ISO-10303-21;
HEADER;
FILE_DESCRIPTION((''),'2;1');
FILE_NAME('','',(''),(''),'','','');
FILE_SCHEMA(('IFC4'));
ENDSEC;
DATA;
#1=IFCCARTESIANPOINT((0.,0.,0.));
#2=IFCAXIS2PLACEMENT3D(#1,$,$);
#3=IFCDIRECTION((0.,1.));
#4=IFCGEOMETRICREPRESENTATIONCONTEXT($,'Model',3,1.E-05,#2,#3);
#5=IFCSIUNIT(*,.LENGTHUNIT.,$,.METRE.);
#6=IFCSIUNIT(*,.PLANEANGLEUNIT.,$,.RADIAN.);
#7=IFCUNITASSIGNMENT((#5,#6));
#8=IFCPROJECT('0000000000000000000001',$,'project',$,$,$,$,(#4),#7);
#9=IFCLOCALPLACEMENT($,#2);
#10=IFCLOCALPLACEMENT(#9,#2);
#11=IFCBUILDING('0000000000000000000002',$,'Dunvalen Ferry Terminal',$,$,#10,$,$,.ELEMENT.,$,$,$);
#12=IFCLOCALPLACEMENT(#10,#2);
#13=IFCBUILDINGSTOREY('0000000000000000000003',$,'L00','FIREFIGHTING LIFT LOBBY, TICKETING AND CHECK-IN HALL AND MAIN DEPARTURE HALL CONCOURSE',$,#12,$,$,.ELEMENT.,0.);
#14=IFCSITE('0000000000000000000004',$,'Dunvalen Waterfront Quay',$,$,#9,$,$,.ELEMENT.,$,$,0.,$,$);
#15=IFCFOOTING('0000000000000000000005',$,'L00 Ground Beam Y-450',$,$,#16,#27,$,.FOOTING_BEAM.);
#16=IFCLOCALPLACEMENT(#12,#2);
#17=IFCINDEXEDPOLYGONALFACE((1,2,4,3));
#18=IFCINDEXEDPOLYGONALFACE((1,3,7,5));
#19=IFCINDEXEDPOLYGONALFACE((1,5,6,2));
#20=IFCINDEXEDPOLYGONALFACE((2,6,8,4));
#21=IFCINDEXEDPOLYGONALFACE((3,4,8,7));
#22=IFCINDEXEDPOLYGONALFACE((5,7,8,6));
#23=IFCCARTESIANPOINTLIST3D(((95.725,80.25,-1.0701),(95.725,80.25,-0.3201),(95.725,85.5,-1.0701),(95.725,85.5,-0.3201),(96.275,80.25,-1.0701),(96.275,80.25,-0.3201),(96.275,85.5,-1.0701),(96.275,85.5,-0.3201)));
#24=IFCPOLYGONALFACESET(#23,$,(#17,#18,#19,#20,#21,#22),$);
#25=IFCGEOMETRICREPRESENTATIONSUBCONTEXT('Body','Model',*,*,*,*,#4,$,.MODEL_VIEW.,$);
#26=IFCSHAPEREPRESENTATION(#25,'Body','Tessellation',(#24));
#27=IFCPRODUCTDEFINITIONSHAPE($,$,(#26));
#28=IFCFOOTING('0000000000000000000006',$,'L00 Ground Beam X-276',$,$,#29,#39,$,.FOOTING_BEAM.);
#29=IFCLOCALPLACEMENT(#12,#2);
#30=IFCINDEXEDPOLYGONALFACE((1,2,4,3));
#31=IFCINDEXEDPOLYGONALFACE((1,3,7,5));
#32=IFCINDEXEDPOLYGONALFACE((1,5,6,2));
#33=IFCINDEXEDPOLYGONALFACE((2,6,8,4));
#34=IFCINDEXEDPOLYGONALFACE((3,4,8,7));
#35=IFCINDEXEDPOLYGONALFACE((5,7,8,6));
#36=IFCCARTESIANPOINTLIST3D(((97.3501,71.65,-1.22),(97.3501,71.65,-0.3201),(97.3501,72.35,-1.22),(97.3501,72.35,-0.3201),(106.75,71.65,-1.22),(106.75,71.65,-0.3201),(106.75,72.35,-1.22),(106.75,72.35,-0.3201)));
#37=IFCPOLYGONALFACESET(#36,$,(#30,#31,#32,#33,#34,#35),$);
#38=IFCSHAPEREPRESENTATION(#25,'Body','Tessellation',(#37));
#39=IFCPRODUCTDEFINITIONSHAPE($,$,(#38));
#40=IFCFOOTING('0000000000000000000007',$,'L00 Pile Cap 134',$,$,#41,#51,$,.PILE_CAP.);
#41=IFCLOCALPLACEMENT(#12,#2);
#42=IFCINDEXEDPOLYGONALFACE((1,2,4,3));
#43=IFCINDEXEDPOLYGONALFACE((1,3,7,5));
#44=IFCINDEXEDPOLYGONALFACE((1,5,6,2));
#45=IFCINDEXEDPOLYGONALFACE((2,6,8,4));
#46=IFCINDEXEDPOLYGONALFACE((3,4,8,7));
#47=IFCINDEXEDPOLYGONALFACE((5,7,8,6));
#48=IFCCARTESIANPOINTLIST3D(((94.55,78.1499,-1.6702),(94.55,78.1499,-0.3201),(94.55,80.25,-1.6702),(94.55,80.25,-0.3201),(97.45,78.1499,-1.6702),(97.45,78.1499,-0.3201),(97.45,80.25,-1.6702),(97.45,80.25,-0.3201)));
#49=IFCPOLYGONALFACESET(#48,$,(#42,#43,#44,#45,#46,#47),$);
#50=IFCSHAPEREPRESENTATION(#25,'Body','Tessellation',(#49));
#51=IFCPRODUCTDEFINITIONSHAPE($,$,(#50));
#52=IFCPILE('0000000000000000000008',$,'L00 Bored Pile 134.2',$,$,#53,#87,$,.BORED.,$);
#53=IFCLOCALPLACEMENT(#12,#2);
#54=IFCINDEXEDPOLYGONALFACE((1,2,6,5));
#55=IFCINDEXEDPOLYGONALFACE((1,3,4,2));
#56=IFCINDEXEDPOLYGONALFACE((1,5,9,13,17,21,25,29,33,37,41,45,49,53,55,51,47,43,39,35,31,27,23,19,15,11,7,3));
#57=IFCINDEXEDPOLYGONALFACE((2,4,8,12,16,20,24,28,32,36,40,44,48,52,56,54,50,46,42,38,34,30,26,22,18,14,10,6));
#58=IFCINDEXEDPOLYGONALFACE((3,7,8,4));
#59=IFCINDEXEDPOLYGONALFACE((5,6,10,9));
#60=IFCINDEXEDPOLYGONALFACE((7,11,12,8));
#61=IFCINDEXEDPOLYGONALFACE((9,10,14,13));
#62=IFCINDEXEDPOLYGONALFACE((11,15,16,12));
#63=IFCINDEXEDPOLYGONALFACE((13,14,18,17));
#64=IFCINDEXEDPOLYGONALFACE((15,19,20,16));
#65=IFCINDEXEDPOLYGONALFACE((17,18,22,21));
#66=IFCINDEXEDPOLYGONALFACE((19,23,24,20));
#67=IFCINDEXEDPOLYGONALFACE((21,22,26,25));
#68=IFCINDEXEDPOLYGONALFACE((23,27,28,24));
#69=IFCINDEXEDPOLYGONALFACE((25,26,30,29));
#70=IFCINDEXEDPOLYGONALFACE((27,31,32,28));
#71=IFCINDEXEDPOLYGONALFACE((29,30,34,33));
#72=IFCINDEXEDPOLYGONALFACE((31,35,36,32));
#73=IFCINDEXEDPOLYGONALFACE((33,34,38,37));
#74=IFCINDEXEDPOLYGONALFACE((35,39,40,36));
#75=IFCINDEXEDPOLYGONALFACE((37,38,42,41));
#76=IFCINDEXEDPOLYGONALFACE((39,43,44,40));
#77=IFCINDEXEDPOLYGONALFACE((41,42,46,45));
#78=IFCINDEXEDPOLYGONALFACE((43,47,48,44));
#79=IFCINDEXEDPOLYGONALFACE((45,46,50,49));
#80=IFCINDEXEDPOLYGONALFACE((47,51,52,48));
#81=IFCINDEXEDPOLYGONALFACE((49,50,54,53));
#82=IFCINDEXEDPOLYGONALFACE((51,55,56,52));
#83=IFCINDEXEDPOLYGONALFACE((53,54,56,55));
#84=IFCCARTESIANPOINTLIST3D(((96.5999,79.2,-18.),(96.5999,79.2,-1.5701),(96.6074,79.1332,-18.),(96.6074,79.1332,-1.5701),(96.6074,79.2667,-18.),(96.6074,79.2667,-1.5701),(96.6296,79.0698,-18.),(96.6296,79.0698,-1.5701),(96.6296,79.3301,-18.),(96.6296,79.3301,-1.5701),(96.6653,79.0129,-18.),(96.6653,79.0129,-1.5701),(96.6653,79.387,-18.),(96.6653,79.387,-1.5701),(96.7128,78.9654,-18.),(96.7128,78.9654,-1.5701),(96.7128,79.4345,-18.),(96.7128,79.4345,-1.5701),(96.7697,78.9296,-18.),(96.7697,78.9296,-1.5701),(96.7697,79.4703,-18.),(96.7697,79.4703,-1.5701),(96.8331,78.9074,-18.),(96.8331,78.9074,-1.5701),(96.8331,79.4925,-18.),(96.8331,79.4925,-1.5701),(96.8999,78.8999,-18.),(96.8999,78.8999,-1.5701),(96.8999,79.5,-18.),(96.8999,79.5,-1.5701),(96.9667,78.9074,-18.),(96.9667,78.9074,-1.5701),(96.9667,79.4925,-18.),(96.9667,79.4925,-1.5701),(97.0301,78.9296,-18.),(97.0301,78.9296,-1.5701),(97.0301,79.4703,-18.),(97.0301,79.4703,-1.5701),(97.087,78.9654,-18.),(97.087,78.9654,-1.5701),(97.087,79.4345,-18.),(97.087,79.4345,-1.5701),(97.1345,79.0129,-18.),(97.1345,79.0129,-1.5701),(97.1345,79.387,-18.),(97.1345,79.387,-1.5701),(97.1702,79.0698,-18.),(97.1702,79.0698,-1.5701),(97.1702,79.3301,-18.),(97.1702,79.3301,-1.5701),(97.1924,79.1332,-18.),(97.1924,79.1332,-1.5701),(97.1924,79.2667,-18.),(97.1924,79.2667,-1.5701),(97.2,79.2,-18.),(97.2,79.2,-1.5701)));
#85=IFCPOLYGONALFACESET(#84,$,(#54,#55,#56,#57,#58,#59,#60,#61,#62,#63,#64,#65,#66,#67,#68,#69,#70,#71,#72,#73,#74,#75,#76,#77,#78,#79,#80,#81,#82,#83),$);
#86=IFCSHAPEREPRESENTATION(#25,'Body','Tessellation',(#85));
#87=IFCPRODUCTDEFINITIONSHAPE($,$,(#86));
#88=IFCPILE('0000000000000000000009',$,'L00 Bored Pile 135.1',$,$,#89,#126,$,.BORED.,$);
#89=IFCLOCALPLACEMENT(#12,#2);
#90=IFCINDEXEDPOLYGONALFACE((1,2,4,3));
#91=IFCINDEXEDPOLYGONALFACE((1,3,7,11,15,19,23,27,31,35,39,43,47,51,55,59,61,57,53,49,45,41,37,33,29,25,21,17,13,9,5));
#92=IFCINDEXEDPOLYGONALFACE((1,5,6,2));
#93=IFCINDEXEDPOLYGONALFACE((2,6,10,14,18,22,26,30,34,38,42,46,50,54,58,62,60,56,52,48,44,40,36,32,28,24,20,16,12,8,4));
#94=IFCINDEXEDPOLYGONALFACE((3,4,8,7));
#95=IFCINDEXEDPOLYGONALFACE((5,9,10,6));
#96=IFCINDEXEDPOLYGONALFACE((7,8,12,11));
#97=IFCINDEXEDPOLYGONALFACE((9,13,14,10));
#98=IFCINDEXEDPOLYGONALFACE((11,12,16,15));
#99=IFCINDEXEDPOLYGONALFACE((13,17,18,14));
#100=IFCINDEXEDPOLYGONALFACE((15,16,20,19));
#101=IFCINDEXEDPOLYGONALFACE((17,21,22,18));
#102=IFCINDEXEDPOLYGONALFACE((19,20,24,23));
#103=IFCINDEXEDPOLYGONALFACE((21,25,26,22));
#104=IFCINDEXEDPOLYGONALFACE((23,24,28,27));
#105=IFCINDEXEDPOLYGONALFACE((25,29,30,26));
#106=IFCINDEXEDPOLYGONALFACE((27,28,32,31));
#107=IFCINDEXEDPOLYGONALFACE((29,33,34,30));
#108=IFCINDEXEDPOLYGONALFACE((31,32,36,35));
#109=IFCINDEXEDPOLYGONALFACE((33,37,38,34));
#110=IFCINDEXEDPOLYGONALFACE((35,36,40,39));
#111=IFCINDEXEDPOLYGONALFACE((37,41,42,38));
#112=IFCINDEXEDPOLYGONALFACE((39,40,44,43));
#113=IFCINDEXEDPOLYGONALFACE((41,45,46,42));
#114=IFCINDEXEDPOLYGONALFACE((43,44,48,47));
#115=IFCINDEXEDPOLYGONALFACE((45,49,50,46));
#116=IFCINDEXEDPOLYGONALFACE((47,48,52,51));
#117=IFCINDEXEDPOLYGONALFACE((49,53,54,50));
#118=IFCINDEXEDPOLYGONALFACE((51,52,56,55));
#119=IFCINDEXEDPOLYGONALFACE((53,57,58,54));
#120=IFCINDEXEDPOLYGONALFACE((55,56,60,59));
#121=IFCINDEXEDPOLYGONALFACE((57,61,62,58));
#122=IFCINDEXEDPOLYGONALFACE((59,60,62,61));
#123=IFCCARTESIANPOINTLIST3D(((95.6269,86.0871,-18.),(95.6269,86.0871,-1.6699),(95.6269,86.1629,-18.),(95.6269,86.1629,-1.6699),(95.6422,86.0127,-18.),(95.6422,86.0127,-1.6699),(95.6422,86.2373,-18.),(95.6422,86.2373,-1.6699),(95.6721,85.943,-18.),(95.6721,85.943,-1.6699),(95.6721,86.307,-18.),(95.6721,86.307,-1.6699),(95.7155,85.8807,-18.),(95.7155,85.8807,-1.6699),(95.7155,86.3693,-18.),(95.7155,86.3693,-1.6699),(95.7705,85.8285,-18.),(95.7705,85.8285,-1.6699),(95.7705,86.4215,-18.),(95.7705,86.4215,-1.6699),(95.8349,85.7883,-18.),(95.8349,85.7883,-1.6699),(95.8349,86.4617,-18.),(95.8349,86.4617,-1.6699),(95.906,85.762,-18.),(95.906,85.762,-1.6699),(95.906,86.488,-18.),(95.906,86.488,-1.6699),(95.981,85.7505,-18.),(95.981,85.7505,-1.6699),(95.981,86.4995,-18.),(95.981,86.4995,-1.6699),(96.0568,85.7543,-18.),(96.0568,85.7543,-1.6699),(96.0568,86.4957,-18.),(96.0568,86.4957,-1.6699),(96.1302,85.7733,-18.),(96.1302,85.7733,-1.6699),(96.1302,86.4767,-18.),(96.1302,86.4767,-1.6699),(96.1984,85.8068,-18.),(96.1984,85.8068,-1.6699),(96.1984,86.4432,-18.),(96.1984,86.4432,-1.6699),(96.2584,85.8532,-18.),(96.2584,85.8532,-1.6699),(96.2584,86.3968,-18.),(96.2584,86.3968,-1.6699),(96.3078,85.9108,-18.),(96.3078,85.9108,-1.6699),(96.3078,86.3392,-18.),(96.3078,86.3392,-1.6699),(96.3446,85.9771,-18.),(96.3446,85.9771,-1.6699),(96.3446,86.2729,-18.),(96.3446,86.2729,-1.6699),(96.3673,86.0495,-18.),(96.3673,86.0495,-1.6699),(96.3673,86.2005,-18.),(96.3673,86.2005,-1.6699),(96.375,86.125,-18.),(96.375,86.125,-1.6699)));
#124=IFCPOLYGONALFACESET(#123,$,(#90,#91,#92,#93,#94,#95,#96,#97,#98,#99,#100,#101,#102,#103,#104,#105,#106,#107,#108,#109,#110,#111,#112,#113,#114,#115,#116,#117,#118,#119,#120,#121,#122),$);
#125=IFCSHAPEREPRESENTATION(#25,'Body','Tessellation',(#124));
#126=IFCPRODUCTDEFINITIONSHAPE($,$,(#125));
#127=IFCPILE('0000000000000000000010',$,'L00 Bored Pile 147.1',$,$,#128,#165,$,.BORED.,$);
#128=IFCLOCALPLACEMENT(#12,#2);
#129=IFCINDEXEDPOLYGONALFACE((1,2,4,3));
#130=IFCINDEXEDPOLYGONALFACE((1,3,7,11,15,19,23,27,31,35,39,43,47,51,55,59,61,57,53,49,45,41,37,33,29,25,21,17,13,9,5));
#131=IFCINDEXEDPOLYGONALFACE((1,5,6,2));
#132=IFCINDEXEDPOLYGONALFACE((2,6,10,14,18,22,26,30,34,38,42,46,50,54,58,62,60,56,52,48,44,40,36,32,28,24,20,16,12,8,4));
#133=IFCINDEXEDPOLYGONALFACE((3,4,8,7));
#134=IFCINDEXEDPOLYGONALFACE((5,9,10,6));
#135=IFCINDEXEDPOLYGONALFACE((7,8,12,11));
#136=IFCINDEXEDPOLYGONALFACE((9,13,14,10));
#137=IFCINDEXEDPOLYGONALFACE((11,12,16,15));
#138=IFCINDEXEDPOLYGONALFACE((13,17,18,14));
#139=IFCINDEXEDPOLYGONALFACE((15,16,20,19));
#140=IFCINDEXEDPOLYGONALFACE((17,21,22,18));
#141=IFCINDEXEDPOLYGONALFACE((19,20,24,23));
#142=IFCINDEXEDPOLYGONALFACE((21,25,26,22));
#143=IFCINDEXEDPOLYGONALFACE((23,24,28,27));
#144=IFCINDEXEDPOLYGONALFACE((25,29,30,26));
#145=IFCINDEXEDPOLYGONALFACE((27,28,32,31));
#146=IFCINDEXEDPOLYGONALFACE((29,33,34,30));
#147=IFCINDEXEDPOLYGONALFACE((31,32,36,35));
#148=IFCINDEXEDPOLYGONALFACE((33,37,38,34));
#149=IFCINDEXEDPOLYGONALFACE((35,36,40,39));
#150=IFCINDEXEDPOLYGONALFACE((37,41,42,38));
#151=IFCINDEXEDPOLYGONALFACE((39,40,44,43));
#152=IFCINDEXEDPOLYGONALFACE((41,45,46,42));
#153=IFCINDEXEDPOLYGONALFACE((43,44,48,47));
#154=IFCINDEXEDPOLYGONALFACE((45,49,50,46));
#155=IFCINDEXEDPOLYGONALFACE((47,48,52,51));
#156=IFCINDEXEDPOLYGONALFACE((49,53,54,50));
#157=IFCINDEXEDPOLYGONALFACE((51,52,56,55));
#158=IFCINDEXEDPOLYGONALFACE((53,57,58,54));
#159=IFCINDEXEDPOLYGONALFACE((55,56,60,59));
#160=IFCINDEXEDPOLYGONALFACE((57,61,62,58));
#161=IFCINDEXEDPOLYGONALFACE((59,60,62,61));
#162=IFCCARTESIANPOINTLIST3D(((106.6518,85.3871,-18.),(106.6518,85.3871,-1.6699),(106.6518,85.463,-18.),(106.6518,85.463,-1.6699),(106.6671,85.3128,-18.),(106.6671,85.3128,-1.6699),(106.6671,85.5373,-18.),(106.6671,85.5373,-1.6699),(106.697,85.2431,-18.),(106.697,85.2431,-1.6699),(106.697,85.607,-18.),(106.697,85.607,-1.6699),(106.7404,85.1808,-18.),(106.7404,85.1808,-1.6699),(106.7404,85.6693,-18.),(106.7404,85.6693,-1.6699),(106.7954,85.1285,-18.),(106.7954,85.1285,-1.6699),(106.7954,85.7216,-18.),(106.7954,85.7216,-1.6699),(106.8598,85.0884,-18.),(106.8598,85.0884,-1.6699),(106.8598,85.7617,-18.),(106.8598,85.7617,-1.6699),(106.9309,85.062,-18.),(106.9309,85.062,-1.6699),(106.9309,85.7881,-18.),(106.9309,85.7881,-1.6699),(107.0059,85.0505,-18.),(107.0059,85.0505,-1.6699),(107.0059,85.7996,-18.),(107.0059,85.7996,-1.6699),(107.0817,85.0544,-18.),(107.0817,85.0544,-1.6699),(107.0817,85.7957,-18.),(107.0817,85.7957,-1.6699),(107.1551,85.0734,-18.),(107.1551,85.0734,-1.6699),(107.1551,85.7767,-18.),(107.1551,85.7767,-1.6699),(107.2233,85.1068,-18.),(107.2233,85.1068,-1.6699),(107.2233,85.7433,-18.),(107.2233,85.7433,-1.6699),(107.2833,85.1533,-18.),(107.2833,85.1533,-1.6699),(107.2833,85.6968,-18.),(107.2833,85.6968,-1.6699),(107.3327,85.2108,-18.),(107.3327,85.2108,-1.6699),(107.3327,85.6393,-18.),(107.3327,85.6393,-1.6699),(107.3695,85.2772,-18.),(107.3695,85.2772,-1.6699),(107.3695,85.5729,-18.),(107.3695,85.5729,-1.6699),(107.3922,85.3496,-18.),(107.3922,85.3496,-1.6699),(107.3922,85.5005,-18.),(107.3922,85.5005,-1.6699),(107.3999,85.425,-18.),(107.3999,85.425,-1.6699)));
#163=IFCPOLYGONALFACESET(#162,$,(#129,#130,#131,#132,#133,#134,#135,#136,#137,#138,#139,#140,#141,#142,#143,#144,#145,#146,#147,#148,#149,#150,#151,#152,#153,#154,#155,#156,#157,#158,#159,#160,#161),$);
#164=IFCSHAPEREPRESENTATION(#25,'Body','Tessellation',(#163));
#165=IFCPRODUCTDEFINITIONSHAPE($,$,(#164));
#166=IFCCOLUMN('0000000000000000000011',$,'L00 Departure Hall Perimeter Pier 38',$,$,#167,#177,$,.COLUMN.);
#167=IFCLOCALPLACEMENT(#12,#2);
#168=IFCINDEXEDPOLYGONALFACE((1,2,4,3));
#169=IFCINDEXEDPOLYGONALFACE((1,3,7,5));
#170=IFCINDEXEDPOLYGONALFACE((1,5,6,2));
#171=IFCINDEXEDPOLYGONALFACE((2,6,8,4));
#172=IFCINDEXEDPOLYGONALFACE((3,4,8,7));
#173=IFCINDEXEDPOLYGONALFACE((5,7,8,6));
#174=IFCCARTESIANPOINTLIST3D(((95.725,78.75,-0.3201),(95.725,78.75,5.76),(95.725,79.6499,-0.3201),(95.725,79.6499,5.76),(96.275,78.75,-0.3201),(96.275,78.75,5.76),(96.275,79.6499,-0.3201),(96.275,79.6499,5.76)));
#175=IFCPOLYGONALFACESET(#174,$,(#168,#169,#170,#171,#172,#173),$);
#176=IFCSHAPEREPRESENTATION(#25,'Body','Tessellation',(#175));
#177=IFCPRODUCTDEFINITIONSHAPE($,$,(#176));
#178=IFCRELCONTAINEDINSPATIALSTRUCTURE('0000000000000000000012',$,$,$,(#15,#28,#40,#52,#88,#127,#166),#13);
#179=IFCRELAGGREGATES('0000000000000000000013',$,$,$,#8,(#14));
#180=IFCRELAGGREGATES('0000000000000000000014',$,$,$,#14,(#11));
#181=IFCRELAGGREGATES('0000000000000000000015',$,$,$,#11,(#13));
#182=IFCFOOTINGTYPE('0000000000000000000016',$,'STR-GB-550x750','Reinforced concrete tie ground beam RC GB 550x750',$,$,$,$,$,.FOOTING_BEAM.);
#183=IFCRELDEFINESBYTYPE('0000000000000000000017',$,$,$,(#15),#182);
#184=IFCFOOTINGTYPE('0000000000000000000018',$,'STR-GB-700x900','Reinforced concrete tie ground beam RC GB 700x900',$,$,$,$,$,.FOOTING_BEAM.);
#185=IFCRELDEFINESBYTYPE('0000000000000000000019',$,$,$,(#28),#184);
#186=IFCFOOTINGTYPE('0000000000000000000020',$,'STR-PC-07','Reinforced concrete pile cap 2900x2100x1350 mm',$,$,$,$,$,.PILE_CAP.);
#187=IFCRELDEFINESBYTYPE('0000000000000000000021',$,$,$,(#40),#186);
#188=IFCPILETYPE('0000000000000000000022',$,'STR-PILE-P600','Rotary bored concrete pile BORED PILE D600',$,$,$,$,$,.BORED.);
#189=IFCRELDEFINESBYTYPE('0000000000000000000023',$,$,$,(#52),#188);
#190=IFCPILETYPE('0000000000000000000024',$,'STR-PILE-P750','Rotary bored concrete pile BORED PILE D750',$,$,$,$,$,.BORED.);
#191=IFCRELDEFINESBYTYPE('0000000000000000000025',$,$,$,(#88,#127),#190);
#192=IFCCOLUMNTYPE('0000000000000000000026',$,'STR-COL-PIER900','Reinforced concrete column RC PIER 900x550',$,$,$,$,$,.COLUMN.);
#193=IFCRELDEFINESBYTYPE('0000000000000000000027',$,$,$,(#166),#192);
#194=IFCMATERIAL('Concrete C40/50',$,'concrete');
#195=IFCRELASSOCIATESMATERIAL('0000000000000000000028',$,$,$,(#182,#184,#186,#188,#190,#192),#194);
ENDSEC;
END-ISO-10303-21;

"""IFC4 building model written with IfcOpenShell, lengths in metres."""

from ifc_helpers import new_model, si_unit, direction, frame, origin, origin_2d, place, context, subcontext, project, spatial, rectangle, circle, extrude, material, material_profile, profile_set, type_object, element, save


model = new_model("IFC4")

# Units and contexts
model_context = context("Model", 3, precision=1e-05, world=origin(), true_north=direction((0.0, 1.0)))
body_context = subcontext(model_context, "Body", "Model", "MODEL_VIEW")
ifc_project = project(units=[si_unit("LENGTHUNIT", "METRE"), si_unit("PLANEANGLEUNIT", "RADIAN")], contexts=[model_context])

# Site, building, storey
site_placement = place(None, origin())
site = spatial("IfcSite", under=ifc_project, at=site_placement, Name="Dunvalen Waterfront Quay", CompositionType="ELEMENT", RefElevation=0.0)
building_placement = place(site_placement, origin())
building = spatial("IfcBuilding", under=site, at=building_placement, Name="Dunvalen Ferry Terminal", CompositionType="ELEMENT")
storey_placement = place(building_placement, origin())
storey = spatial("IfcBuildingStorey", under=building, at=storey_placement, Name="L00", Description="FIREFIGHTING LIFT LOBBY, TICKETING AND CHECK-IN HALL AND MAIN DEPARTURE HALL CONCOURSE", CompositionType="ELEMENT", Elevation=0.0)

# Footings
ifc_material_1 = material(Name="Concrete C40/50", Category="concrete")
ifc_material_profile_1 = material_profile(ifc_material_1, rectangle(XDim=0.55, YDim=0.75, at=origin_2d()), Name="Concrete C40/50")
ifc_profile_set_1 = profile_set([ifc_material_profile_1], Name="Concrete C40/50")
footing_type_1 = type_object("IfcFootingType", Name="STR-GB-550x750", Description="Reinforced concrete tie ground beam RC GB 550x750", PredefinedType="FOOTING_BEAM", material=ifc_profile_set_1)
footing_1_placement = place(storey_placement, frame((96.0, 80.25, -0.6951), z_axis=(0.0, 1.0, 0.0), x_axis=(-1.0, 0.0, 0.0)))
element("IfcFooting", 1, at=footing_1_placement, inside=storey, type_object=footing_type_1, Name="L00 Ground Beam Y-450", PredefinedType="FOOTING_BEAM", context=body_context, shape_type="SweptSolid", body=[
    extrude(rectangle(XDim=0.55, YDim=0.75, at=origin_2d()), origin(), (0.0, 0.0, 1.0), 5.25),
])
ifc_material_profile_2 = material_profile(ifc_material_1, rectangle(XDim=0.7, YDim=0.8999, at=origin_2d()), Name="Concrete C40/50")
ifc_profile_set_2 = profile_set([ifc_material_profile_2], Name="Concrete C40/50")
footing_type_2 = type_object("IfcFootingType", Name="STR-GB-700x900", Description="Reinforced concrete tie ground beam RC GB 700x900", PredefinedType="FOOTING_BEAM", material=ifc_profile_set_2)
footing_2_placement = place(storey_placement, frame((97.3501, 72.0, -0.77), z_axis=(1.0, 0.0, 0.0), x_axis=(0.0, 1.0, 0.0)))
element("IfcFooting", 2, at=footing_2_placement, inside=storey, type_object=footing_type_2, Name="L00 Ground Beam X-276", PredefinedType="FOOTING_BEAM", context=body_context, shape_type="SweptSolid", body=[
    extrude(rectangle(XDim=0.7, YDim=0.8999, at=origin_2d()), origin(), (0.0, 0.0, 1.0), 9.3999),
])
footing_type_3 = type_object("IfcFootingType", Name="STR-PC-07", Description="Reinforced concrete pile cap 2900x2100x1350 mm", PredefinedType="PILE_CAP", material=ifc_material_1)
footing_3_placement = place(storey_placement, frame((96.0, 79.2, -1.6702), z_axis=(0.0, 0.0, 1.0), x_axis=(1.0, 0.0, 0.0)))
element("IfcFooting", 3, at=footing_3_placement, inside=storey, type_object=footing_type_3, Name="L00 Pile Cap 134", PredefinedType="PILE_CAP", context=body_context, shape_type="SweptSolid", body=[
    extrude(rectangle(XDim=2.8999, YDim=2.1001, at=origin_2d()), origin(), (0.0, 0.0, 1.0), 1.3501),
])

# Piles
ifc_material_profile_3 = material_profile(ifc_material_1, circle(Radius=0.3, at=origin_2d()), Name="Concrete C40/50")
ifc_profile_set_3 = profile_set([ifc_material_profile_3], Name="Concrete C40/50")
pile_type_1 = type_object("IfcPileType", Name="STR-PILE-P600", Description="Rotary bored concrete pile BORED PILE D600", PredefinedType="BORED", material=ifc_profile_set_3)
pile_placement = place(storey_placement, frame((96.8999, 79.2, -1.5701), z_axis=(0.0, 0.0, -1.0), x_axis=(1.0, 0.0, 0.0)))
element("IfcPile", 4, at=pile_placement, inside=storey, type_object=pile_type_1, Name="L00 Bored Pile 134.2", PredefinedType="BORED", context=body_context, shape_type="SweptSolid", body=[
    extrude(circle(Radius=0.3, at=origin_2d()), origin(), (0.0, 0.0, 1.0), 16.4299),
])
ifc_material_profile_4 = material_profile(ifc_material_1, circle(Radius=0.375, at=origin_2d()), Name="Concrete C40/50")
ifc_profile_set_4 = profile_set([ifc_material_profile_4], Name="Concrete C40/50")
pile_type_2 = type_object("IfcPileType", Name="STR-PILE-P750", Description="Rotary bored concrete pile BORED PILE D750", PredefinedType="BORED", material=ifc_profile_set_4)
for number, where, z_axis, x_axis, name in (
    (5, (96.0, 86.125, -1.6699), (0.0, 0.0, -1.0), (1.0, 0.0, 0.0), "L00 Bored Pile 135.1"),
    (6, (107.0249, 85.425, -1.6699), (0.0, 0.0, -1.0), (1.0, 0.0, 0.0), "L00 Bored Pile 147.1"),
):
    element("IfcPile", number, at=place(storey_placement, frame(where, z_axis=z_axis, x_axis=x_axis)), inside=storey, type_object=pile_type_2, Name=name, PredefinedType="BORED", context=body_context, shape_type="SweptSolid", body=[
        extrude(circle(Radius=0.375, at=origin_2d()), origin(), (0.0, 0.0, 1.0), 16.3301),
    ])

# Column
ifc_material_profile_5 = material_profile(ifc_material_1, rectangle(XDim=0.55, YDim=0.8999, at=origin_2d()), Name="Concrete C40/50")
ifc_profile_set_5 = profile_set([ifc_material_profile_5], Name="Concrete C40/50")
column_type = type_object("IfcColumnType", Name="STR-COL-PIER900", Description="Reinforced concrete column RC PIER 900x550", PredefinedType="COLUMN", material=ifc_profile_set_5)
column_placement = place(storey_placement, frame((96.0, 79.2, -0.3201), z_axis=(0.0, 0.0, 1.0), x_axis=(1.0, 0.0, 0.0)))
element("IfcColumn", 7, at=column_placement, inside=storey, type_object=column_type, Name="L00 Departure Hall Perimeter Pier 38", PredefinedType="COLUMN", context=body_context, shape_type="SweptSolid", body=[
    extrude(rectangle(XDim=0.55, YDim=0.8999, at=origin_2d()), origin(), (0.0, 0.0, 1.0), 6.0801),
])

save(model, "model.ifc")
